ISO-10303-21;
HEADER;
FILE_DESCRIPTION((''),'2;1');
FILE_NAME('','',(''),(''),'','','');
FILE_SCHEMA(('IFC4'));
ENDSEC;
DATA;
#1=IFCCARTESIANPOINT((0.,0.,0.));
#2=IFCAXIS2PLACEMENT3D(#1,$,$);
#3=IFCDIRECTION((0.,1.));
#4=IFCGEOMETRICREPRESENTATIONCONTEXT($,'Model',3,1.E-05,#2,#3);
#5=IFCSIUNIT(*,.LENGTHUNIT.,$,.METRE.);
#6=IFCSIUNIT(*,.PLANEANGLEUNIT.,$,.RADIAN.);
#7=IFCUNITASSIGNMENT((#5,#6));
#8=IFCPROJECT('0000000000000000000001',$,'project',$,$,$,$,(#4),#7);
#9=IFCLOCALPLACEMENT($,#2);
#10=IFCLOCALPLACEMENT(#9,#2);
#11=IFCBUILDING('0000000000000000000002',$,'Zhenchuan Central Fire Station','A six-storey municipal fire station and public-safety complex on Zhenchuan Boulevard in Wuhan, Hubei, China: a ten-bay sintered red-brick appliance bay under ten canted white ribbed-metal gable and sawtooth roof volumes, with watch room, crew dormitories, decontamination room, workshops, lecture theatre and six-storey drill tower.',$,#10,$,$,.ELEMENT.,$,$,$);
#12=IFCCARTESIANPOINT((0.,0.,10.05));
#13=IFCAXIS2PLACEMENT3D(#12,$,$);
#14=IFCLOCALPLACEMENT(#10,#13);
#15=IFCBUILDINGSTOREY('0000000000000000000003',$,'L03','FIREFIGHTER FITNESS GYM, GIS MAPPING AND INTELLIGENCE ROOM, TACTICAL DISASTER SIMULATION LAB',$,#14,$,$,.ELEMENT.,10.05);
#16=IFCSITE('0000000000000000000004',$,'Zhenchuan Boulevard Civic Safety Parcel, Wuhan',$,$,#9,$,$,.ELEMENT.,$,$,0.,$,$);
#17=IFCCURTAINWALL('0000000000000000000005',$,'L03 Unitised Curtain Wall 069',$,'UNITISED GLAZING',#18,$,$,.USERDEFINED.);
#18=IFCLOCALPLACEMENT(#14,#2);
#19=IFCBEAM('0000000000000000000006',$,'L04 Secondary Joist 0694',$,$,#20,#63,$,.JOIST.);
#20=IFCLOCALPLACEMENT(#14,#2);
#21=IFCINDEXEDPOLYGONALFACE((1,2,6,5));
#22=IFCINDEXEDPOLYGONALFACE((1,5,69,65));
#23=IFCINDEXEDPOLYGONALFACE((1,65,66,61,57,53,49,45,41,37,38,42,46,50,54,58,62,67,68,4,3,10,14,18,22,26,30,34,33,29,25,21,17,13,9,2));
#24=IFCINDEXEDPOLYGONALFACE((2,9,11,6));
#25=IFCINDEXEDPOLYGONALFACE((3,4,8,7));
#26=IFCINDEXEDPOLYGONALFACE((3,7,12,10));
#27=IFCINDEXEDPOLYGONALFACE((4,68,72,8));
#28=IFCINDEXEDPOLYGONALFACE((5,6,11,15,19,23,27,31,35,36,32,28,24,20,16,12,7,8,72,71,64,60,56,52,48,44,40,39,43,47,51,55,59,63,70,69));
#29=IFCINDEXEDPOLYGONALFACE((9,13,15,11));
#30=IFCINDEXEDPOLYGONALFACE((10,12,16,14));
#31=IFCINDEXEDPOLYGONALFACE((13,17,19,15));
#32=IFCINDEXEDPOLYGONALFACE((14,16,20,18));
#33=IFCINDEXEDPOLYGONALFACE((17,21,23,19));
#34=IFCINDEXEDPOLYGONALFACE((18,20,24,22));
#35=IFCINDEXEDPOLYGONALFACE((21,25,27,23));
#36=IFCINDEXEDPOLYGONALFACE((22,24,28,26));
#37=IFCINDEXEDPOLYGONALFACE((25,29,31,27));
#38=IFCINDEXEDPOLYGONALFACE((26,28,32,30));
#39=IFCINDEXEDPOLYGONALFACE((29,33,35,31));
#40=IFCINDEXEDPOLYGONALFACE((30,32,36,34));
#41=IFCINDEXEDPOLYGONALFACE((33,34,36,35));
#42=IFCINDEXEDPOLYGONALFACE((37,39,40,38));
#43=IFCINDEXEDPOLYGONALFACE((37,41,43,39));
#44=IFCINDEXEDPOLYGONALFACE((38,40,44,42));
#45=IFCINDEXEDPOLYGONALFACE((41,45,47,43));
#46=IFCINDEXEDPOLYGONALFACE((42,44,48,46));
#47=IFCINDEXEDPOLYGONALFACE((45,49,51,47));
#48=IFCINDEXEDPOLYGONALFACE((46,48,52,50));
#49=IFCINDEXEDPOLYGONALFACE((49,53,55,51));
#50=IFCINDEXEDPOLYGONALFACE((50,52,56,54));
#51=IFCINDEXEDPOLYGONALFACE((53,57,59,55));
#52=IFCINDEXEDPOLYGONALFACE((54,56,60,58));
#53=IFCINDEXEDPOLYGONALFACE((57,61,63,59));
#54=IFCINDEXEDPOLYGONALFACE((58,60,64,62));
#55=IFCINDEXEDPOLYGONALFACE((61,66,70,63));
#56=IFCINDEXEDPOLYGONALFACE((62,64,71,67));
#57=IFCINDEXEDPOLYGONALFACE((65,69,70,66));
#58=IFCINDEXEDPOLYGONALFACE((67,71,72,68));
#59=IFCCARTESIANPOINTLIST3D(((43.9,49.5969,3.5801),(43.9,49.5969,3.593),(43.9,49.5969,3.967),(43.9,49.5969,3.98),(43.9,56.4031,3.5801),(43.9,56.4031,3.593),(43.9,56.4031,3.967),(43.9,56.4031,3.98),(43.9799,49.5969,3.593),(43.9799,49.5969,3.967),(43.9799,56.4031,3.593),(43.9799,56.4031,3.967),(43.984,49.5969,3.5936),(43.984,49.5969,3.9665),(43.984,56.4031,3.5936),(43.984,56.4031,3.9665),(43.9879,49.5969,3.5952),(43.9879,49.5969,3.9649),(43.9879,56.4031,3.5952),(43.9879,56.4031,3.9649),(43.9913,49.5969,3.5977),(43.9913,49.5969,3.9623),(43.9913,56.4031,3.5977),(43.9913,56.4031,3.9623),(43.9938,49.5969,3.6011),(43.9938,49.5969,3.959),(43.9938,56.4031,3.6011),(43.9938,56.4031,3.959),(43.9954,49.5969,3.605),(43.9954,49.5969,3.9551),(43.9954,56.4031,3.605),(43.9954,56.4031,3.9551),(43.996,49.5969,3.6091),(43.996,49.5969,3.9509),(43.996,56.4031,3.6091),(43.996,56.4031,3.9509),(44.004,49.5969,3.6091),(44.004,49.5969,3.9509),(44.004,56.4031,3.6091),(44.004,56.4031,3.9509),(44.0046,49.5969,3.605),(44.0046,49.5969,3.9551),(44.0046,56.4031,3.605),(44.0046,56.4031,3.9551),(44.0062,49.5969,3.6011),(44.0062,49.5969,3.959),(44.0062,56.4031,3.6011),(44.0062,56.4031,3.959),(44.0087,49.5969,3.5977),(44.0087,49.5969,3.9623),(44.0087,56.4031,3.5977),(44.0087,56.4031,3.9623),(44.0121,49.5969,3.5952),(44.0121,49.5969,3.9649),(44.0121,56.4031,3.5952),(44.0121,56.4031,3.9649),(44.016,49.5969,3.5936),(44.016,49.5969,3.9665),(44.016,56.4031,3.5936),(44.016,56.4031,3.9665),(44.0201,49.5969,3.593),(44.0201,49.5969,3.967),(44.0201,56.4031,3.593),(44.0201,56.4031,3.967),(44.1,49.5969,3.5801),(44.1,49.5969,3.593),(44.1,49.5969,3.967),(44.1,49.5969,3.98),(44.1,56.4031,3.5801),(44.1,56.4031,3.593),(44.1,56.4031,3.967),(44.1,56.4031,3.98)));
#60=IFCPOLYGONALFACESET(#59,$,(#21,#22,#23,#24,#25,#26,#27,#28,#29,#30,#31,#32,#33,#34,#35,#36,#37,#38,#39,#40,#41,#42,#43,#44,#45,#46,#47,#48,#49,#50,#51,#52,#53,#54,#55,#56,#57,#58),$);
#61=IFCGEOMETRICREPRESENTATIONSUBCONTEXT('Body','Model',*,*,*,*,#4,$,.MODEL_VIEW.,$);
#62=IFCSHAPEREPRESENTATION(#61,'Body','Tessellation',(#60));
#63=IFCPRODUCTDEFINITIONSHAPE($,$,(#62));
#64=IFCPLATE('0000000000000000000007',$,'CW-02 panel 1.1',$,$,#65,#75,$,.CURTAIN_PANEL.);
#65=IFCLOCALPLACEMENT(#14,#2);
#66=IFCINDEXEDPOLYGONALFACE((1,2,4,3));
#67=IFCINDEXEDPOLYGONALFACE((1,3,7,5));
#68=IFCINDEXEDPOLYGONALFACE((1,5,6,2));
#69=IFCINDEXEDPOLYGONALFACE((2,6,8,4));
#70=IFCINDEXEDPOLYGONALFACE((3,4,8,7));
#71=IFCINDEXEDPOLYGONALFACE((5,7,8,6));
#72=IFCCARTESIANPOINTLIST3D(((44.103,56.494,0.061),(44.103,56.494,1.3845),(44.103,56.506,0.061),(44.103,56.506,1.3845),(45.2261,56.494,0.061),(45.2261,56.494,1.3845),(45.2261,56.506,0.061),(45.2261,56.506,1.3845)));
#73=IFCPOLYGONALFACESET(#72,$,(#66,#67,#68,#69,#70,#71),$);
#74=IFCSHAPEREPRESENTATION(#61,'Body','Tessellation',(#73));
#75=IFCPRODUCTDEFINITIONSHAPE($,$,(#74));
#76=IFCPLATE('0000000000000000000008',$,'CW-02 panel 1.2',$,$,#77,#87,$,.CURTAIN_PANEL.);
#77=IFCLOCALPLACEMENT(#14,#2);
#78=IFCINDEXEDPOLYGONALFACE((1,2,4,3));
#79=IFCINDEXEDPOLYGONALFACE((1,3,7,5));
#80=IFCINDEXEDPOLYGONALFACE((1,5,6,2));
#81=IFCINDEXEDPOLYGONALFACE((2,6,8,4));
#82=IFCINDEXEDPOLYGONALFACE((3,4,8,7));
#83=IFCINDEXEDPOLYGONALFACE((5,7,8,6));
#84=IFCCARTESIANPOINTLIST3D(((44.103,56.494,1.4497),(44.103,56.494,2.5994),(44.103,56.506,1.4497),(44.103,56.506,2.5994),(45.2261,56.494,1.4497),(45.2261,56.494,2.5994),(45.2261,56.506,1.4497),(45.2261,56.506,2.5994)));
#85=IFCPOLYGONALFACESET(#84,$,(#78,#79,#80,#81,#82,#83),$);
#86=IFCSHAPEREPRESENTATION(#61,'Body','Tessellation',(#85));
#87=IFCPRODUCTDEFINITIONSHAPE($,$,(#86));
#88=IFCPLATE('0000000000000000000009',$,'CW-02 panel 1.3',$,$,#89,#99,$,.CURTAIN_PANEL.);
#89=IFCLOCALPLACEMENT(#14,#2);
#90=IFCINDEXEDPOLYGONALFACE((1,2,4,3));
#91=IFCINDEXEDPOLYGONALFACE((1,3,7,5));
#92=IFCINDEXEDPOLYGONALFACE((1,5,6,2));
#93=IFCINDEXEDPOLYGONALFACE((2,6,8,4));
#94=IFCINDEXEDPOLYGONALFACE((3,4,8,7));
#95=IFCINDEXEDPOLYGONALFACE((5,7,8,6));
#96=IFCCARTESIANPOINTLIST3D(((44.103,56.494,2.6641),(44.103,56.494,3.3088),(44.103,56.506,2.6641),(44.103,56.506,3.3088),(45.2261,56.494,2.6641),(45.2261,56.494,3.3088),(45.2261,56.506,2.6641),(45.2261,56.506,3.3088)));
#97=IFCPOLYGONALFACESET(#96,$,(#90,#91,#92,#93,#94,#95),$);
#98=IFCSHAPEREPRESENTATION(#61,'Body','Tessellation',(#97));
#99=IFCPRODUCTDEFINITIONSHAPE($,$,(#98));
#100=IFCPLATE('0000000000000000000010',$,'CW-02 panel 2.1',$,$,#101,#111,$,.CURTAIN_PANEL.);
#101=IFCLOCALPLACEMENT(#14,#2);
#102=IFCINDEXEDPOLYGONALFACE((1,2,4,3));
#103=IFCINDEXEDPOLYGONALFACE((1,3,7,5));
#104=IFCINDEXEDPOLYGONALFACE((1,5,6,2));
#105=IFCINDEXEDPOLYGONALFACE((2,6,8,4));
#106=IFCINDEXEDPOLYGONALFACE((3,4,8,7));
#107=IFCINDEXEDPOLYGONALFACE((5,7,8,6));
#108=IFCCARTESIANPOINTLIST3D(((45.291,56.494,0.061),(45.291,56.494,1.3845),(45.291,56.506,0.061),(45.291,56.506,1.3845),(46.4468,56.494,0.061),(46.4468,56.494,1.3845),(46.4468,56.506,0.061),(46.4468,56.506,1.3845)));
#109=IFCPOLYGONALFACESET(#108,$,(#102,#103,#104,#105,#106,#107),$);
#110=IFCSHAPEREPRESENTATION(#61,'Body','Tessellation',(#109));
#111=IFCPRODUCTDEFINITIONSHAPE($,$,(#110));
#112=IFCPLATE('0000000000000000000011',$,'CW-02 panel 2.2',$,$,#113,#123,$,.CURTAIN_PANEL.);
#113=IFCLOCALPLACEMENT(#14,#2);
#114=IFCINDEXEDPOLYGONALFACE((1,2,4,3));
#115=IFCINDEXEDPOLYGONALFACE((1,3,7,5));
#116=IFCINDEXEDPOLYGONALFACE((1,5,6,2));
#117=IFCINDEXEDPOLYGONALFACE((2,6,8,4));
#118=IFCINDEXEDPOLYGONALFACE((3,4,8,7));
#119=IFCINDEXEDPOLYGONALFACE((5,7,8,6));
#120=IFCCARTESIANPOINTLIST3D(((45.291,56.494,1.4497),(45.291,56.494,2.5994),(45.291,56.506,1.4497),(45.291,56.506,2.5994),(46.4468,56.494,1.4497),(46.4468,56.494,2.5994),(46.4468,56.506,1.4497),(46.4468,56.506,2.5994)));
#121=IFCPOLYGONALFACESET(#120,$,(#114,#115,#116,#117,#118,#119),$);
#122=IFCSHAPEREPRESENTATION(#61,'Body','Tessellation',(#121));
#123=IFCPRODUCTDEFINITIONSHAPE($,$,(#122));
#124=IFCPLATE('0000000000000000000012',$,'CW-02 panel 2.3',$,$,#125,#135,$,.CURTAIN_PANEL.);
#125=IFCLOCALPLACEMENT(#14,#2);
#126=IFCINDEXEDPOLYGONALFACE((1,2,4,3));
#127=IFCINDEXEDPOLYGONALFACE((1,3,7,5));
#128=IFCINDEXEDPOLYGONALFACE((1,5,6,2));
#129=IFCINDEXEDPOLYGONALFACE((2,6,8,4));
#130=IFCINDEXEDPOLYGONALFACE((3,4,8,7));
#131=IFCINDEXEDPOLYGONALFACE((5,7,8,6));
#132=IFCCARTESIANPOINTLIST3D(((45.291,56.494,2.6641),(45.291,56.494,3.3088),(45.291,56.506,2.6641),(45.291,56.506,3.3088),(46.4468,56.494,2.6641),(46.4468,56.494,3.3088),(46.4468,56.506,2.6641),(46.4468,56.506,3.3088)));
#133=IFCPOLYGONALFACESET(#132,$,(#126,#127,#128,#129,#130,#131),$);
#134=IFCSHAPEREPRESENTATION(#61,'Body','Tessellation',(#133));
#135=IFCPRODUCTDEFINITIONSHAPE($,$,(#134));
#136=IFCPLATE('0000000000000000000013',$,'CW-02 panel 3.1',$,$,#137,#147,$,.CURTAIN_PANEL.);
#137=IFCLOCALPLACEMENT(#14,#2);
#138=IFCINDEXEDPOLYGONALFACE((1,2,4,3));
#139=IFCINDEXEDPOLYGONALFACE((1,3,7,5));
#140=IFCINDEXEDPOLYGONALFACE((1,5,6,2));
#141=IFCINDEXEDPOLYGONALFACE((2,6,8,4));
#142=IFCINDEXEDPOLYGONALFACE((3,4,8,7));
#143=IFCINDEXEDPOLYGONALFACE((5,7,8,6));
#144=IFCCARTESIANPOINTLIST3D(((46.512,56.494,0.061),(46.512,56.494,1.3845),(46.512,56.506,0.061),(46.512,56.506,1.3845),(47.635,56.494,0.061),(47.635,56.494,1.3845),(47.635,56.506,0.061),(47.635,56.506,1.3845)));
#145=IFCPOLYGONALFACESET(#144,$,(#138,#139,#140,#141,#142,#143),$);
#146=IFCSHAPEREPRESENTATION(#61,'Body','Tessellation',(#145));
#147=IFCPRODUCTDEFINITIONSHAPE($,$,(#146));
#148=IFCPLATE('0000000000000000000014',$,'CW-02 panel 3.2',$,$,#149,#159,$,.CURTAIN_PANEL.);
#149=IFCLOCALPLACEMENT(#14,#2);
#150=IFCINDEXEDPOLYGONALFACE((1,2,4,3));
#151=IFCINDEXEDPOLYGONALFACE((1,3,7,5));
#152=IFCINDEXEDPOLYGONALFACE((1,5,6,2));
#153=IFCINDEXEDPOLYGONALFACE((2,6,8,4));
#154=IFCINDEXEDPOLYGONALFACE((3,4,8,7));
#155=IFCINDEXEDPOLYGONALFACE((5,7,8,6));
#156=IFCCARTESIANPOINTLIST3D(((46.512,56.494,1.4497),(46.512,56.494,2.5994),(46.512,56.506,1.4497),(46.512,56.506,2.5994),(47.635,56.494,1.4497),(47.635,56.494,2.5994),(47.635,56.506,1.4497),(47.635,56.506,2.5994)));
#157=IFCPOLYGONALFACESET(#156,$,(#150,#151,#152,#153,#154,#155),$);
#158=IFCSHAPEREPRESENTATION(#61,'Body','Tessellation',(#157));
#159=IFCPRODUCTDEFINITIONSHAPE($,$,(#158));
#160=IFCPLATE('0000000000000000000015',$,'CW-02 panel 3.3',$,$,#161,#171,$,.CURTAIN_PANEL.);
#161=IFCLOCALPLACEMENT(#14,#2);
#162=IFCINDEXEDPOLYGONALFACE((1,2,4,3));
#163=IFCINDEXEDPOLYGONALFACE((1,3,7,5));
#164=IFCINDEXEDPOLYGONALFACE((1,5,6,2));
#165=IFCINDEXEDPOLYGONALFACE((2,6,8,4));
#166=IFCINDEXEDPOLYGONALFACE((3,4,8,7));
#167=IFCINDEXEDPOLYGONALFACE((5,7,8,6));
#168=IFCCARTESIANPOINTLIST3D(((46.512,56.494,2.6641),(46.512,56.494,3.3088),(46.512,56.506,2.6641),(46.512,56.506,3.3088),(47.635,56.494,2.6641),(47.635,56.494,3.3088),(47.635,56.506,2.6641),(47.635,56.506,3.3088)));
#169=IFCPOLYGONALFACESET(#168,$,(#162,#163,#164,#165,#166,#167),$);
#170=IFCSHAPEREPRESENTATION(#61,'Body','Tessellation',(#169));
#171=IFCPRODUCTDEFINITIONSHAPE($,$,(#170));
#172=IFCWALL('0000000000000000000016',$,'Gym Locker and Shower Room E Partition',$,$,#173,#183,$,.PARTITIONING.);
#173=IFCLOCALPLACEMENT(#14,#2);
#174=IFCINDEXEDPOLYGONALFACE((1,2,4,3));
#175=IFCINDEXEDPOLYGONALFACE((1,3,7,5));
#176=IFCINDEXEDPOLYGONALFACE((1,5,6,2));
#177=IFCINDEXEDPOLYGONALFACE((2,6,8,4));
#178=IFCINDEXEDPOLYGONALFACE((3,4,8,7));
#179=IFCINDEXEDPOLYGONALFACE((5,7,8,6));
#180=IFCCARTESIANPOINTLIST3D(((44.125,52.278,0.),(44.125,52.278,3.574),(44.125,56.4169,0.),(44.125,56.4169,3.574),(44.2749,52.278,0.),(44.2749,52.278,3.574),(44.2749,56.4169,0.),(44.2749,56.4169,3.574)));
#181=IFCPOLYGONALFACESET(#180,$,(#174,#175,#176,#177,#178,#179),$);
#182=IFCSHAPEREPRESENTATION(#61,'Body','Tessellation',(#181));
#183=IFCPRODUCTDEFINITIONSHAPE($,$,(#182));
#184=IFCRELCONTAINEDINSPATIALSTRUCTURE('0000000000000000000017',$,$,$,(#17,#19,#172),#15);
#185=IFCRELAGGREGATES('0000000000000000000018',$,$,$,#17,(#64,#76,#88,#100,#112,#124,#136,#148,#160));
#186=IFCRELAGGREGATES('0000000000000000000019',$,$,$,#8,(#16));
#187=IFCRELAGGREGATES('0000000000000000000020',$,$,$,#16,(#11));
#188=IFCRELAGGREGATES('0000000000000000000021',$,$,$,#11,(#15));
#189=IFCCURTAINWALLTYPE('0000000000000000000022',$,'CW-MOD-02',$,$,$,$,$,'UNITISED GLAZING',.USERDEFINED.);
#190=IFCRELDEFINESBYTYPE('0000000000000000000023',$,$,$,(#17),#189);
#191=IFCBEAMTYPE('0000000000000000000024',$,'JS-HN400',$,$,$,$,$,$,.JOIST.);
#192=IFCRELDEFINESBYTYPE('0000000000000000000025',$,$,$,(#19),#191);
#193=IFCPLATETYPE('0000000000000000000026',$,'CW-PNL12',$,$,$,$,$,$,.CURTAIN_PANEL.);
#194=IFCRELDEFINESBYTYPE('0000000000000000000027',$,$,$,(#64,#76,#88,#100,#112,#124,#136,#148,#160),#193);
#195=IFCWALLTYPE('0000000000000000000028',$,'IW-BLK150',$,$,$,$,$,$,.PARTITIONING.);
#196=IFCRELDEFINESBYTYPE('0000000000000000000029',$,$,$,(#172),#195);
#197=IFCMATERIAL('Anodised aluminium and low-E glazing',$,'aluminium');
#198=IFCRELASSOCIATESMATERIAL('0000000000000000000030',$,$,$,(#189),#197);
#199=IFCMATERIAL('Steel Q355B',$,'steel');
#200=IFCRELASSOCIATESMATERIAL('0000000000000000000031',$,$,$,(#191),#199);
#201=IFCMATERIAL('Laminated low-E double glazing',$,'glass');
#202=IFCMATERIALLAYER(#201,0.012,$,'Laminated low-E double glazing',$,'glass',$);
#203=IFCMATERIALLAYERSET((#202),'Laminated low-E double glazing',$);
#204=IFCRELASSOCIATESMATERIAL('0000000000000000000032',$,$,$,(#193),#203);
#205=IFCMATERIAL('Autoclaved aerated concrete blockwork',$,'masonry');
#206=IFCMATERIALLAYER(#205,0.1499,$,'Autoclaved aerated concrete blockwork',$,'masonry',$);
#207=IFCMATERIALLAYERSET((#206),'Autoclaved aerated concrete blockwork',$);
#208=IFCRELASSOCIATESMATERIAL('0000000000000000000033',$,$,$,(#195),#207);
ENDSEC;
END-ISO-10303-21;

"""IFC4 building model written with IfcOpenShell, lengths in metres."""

from ifc_helpers import new_model, si_unit, direction, frame, frame_2d, origin, origin_2d, place, context, subcontext, project, spatial, rectangle, i_section, extrude, material, layer, layer_set, material_profile, profile_set, type_object, element, aggregate, save


model = new_model("IFC4")

# Units and contexts
model_context = context("Model", 3, precision=1e-05, world=origin(), true_north=direction((0.0, 1.0)))
body_context = subcontext(model_context, "Body", "Model", "MODEL_VIEW")
ifc_project = project(units=[si_unit("LENGTHUNIT", "METRE"), si_unit("PLANEANGLEUNIT", "RADIAN")], contexts=[model_context])

# Site, building, storey
site_placement = place(None, origin())
site = spatial("IfcSite", under=ifc_project, at=site_placement, Name="Zhenchuan Boulevard Civic Safety Parcel, Wuhan", CompositionType="ELEMENT", RefElevation=0.0)
building_placement = place(site_placement, origin())
building = spatial("IfcBuilding", under=site, at=building_placement, Name="Zhenchuan Central Fire Station", Description="A six-storey municipal fire station and public-safety complex on Zhenchuan Boulevard in Wuhan, Hubei, China: a ten-bay sintered red-brick appliance bay under ten canted white ribbed-metal gable and sawtooth roof volumes, with watch room, crew dormitories, decontamination room, workshops, lecture theatre and six-storey drill tower.", CompositionType="ELEMENT")
storey_placement = place(building_placement, frame((0.0, 0.0, 10.05)))
storey = spatial("IfcBuildingStorey", under=building, at=storey_placement, Name="L03", Description="FIREFIGHTER FITNESS GYM, GIS MAPPING AND INTELLIGENCE ROOM, TACTICAL DISASTER SIMULATION LAB", CompositionType="ELEMENT", Elevation=10.05)

# Shared definitions
ifc_material_1 = material(Name="Steel Q355B", Category="steel")

# Shared definitions
ifc_material_2 = material(Name="Anodised aluminium and low-E glazing", Category="aluminium")

# Curtain wall
curtain_wall_type_1 = type_object("IfcCurtainWallType", Name="CW-MOD-02", ElementType="UNITISED GLAZING", PredefinedType="USERDEFINED", material=ifc_material_2)
curtain_wall_1_placement = place(storey_placement, origin())
curtain_wall_1 = element("IfcCurtainWall", 1, at=curtain_wall_1_placement, inside=storey, type_object=curtain_wall_type_1, Name="L03 Unitised Curtain Wall 069", ObjectType="UNITISED GLAZING", PredefinedType="USERDEFINED")

# Beam
ifc_material_profile_1 = material_profile(ifc_material_1, i_section(OverallWidth=0.2, OverallDepth=0.3999, WebThickness=0.0081, FlangeThickness=0.0129, FilletRadius=0.0161, at=origin_2d()), Name="HN 400x200")
ifc_profile_set_1 = profile_set([ifc_material_profile_1], Name="Steel Q355B")
beam_type_1 = type_object("IfcBeamType", Name="JS-HN400", PredefinedType="JOIST", material=ifc_profile_set_1)
beam_1_placement = place(storey_placement, frame((44.0, 49.5969, 3.78), z_axis=(0.0, 1.0, 0.0), x_axis=(-1.0, 0.0, 0.0)))
element("IfcBeam", 2, at=beam_1_placement, inside=storey, type_object=beam_type_1, Name="L04 Secondary Joist 0694", PredefinedType="JOIST", context=body_context, shape_type="SweptSolid", body=[
    extrude(i_section(OverallWidth=0.2, OverallDepth=0.3999, WebThickness=0.0081, FlangeThickness=0.0129, FilletRadius=0.0161, at=origin_2d()), origin(), (0.0, 0.0, 1.0), 6.8062),
])

# Plates
ifc_material_3 = material(Name="Laminated low-E double glazing", Category="glass")
ifc_layer_1 = layer(ifc_material_3, 0.012, Name="Laminated low-E double glazing", Category="glass")
ifc_layer_set_1 = layer_set([ifc_layer_1], Name="Laminated low-E double glazing")
plate_type = type_object("IfcPlateType", Name="CW-PNL12", PredefinedType="CURTAIN_PANEL", material=ifc_layer_set_1)
plate_1_placement = place(storey_placement, frame((44.6646, 56.5, 0.061), z_axis=(0.0, 0.0, 1.0), x_axis=(1.0, 0.0, 0.0)))
plate_1 = element("IfcPlate", 3, at=plate_1_placement, type_object=plate_type, Name="CW-02 panel 1.1", PredefinedType="CURTAIN_PANEL", context=body_context, shape_type="SweptSolid", body=[
    extrude(rectangle(XDim=1.123, YDim=0.012, at=origin_2d()), origin(), (0.0, 0.0, 1.0), 1.3235),
])
plate_2_placement = place(storey_placement, frame((44.6646, 56.5, 1.4497), z_axis=(0.0, 0.0, 1.0), x_axis=(1.0, 0.0, 0.0)))
plate_2 = element("IfcPlate", 4, at=plate_2_placement, type_object=plate_type, Name="CW-02 panel 1.2", PredefinedType="CURTAIN_PANEL", context=body_context, shape_type="SweptSolid", body=[
    extrude(rectangle(XDim=1.123, YDim=0.012, at=origin_2d()), origin(), (0.0, 0.0, 1.0), 1.1497),
])
plate_3_placement = place(storey_placement, frame((44.6646, 56.5, 2.6641), z_axis=(0.0, 0.0, 1.0), x_axis=(1.0, 0.0, 0.0)))
plate_3 = element("IfcPlate", 5, at=plate_3_placement, type_object=plate_type, Name="CW-02 panel 1.3", PredefinedType="CURTAIN_PANEL", context=body_context, shape_type="SweptSolid", body=[
    extrude(rectangle(XDim=1.123, YDim=0.012, at=origin_2d()), origin(), (0.0, 0.0, 1.0), 0.6448),
])
plate_4_placement = place(storey_placement, frame((45.8689, 56.5, 0.061), z_axis=(0.0, 0.0, 1.0), x_axis=(1.0, 0.0, 0.0)))
plate_4 = element("IfcPlate", 6, at=plate_4_placement, type_object=plate_type, Name="CW-02 panel 2.1", PredefinedType="CURTAIN_PANEL", context=body_context, shape_type="SweptSolid", body=[
    extrude(rectangle(XDim=1.1558, YDim=0.012, at=origin_2d()), origin(), (0.0, 0.0, 1.0), 1.3235),
])
plate_5_placement = place(storey_placement, frame((45.8689, 56.5, 1.4497), z_axis=(0.0, 0.0, 1.0), x_axis=(1.0, 0.0, 0.0)))
plate_5 = element("IfcPlate", 7, at=plate_5_placement, type_object=plate_type, Name="CW-02 panel 2.2", PredefinedType="CURTAIN_PANEL", context=body_context, shape_type="SweptSolid", body=[
    extrude(rectangle(XDim=1.1558, YDim=0.012, at=origin_2d()), origin(), (0.0, 0.0, 1.0), 1.1497),
])
plate_6_placement = place(storey_placement, frame((45.8689, 56.5, 2.6641), z_axis=(0.0, 0.0, 1.0), x_axis=(1.0, 0.0, 0.0)))
plate_6 = element("IfcPlate", 8, at=plate_6_placement, type_object=plate_type, Name="CW-02 panel 2.3", PredefinedType="CURTAIN_PANEL", context=body_context, shape_type="SweptSolid", body=[
    extrude(rectangle(XDim=1.1558, YDim=0.012, at=origin_2d()), origin(), (0.0, 0.0, 1.0), 0.6448),
])
plate_7_placement = place(storey_placement, frame((47.0735, 56.5, 0.061), z_axis=(0.0, 0.0, 1.0), x_axis=(1.0, 0.0, 0.0)))
plate_7 = element("IfcPlate", 9, at=plate_7_placement, type_object=plate_type, Name="CW-02 panel 3.1", PredefinedType="CURTAIN_PANEL", context=body_context, shape_type="SweptSolid", body=[
    extrude(rectangle(XDim=1.123, YDim=0.012, at=origin_2d()), origin(), (0.0, 0.0, 1.0), 1.3235),
])
plate_8_placement = place(storey_placement, frame((47.0735, 56.5, 1.4497), z_axis=(0.0, 0.0, 1.0), x_axis=(1.0, 0.0, 0.0)))
plate_8 = element("IfcPlate", 10, at=plate_8_placement, type_object=plate_type, Name="CW-02 panel 3.2", PredefinedType="CURTAIN_PANEL", context=body_context, shape_type="SweptSolid", body=[
    extrude(rectangle(XDim=1.123, YDim=0.012, at=origin_2d()), origin(), (0.0, 0.0, 1.0), 1.1497),
])
plate_9_placement = place(storey_placement, frame((47.0735, 56.5, 2.6641), z_axis=(0.0, 0.0, 1.0), x_axis=(1.0, 0.0, 0.0)))
plate_9 = element("IfcPlate", 11, at=plate_9_placement, type_object=plate_type, Name="CW-02 panel 3.3", PredefinedType="CURTAIN_PANEL", context=body_context, shape_type="SweptSolid", body=[
    extrude(rectangle(XDim=1.123, YDim=0.012, at=origin_2d()), origin(), (0.0, 0.0, 1.0), 0.6448),
])
aggregate(curtain_wall_1, [plate_1, plate_2, plate_3, plate_4, plate_5, plate_6, plate_7, plate_8, plate_9])

# Wall
ifc_material_4 = material(Name="Autoclaved aerated concrete blockwork", Category="masonry")
ifc_layer_2 = layer(ifc_material_4, 0.1499, Name="Autoclaved aerated concrete blockwork", Category="masonry")
ifc_layer_set_2 = layer_set([ifc_layer_2], Name="Autoclaved aerated concrete blockwork")
wall_type = type_object("IfcWallType", Name="IW-BLK150", PredefinedType="PARTITIONING", material=ifc_layer_set_2)
wall_1_placement = place(storey_placement, frame((44.2, 52.2781, 0.0), z_axis=(0.0, 0.0, 1.0), x_axis=(0.0, 1.0, 0.0)))
element("IfcWall", 12, at=wall_1_placement, inside=storey, type_object=wall_type, Name="Gym Locker and Shower Room E Partition", PredefinedType="PARTITIONING", context=body_context, shape_type="SweptSolid", body=[
    extrude(rectangle(XDim=4.1389, YDim=0.1499, at=frame_2d((2.0693, 0.0))), origin(), (0.0, 0.0, 1.0), 3.574),
])

save(model, "model.ifc")
